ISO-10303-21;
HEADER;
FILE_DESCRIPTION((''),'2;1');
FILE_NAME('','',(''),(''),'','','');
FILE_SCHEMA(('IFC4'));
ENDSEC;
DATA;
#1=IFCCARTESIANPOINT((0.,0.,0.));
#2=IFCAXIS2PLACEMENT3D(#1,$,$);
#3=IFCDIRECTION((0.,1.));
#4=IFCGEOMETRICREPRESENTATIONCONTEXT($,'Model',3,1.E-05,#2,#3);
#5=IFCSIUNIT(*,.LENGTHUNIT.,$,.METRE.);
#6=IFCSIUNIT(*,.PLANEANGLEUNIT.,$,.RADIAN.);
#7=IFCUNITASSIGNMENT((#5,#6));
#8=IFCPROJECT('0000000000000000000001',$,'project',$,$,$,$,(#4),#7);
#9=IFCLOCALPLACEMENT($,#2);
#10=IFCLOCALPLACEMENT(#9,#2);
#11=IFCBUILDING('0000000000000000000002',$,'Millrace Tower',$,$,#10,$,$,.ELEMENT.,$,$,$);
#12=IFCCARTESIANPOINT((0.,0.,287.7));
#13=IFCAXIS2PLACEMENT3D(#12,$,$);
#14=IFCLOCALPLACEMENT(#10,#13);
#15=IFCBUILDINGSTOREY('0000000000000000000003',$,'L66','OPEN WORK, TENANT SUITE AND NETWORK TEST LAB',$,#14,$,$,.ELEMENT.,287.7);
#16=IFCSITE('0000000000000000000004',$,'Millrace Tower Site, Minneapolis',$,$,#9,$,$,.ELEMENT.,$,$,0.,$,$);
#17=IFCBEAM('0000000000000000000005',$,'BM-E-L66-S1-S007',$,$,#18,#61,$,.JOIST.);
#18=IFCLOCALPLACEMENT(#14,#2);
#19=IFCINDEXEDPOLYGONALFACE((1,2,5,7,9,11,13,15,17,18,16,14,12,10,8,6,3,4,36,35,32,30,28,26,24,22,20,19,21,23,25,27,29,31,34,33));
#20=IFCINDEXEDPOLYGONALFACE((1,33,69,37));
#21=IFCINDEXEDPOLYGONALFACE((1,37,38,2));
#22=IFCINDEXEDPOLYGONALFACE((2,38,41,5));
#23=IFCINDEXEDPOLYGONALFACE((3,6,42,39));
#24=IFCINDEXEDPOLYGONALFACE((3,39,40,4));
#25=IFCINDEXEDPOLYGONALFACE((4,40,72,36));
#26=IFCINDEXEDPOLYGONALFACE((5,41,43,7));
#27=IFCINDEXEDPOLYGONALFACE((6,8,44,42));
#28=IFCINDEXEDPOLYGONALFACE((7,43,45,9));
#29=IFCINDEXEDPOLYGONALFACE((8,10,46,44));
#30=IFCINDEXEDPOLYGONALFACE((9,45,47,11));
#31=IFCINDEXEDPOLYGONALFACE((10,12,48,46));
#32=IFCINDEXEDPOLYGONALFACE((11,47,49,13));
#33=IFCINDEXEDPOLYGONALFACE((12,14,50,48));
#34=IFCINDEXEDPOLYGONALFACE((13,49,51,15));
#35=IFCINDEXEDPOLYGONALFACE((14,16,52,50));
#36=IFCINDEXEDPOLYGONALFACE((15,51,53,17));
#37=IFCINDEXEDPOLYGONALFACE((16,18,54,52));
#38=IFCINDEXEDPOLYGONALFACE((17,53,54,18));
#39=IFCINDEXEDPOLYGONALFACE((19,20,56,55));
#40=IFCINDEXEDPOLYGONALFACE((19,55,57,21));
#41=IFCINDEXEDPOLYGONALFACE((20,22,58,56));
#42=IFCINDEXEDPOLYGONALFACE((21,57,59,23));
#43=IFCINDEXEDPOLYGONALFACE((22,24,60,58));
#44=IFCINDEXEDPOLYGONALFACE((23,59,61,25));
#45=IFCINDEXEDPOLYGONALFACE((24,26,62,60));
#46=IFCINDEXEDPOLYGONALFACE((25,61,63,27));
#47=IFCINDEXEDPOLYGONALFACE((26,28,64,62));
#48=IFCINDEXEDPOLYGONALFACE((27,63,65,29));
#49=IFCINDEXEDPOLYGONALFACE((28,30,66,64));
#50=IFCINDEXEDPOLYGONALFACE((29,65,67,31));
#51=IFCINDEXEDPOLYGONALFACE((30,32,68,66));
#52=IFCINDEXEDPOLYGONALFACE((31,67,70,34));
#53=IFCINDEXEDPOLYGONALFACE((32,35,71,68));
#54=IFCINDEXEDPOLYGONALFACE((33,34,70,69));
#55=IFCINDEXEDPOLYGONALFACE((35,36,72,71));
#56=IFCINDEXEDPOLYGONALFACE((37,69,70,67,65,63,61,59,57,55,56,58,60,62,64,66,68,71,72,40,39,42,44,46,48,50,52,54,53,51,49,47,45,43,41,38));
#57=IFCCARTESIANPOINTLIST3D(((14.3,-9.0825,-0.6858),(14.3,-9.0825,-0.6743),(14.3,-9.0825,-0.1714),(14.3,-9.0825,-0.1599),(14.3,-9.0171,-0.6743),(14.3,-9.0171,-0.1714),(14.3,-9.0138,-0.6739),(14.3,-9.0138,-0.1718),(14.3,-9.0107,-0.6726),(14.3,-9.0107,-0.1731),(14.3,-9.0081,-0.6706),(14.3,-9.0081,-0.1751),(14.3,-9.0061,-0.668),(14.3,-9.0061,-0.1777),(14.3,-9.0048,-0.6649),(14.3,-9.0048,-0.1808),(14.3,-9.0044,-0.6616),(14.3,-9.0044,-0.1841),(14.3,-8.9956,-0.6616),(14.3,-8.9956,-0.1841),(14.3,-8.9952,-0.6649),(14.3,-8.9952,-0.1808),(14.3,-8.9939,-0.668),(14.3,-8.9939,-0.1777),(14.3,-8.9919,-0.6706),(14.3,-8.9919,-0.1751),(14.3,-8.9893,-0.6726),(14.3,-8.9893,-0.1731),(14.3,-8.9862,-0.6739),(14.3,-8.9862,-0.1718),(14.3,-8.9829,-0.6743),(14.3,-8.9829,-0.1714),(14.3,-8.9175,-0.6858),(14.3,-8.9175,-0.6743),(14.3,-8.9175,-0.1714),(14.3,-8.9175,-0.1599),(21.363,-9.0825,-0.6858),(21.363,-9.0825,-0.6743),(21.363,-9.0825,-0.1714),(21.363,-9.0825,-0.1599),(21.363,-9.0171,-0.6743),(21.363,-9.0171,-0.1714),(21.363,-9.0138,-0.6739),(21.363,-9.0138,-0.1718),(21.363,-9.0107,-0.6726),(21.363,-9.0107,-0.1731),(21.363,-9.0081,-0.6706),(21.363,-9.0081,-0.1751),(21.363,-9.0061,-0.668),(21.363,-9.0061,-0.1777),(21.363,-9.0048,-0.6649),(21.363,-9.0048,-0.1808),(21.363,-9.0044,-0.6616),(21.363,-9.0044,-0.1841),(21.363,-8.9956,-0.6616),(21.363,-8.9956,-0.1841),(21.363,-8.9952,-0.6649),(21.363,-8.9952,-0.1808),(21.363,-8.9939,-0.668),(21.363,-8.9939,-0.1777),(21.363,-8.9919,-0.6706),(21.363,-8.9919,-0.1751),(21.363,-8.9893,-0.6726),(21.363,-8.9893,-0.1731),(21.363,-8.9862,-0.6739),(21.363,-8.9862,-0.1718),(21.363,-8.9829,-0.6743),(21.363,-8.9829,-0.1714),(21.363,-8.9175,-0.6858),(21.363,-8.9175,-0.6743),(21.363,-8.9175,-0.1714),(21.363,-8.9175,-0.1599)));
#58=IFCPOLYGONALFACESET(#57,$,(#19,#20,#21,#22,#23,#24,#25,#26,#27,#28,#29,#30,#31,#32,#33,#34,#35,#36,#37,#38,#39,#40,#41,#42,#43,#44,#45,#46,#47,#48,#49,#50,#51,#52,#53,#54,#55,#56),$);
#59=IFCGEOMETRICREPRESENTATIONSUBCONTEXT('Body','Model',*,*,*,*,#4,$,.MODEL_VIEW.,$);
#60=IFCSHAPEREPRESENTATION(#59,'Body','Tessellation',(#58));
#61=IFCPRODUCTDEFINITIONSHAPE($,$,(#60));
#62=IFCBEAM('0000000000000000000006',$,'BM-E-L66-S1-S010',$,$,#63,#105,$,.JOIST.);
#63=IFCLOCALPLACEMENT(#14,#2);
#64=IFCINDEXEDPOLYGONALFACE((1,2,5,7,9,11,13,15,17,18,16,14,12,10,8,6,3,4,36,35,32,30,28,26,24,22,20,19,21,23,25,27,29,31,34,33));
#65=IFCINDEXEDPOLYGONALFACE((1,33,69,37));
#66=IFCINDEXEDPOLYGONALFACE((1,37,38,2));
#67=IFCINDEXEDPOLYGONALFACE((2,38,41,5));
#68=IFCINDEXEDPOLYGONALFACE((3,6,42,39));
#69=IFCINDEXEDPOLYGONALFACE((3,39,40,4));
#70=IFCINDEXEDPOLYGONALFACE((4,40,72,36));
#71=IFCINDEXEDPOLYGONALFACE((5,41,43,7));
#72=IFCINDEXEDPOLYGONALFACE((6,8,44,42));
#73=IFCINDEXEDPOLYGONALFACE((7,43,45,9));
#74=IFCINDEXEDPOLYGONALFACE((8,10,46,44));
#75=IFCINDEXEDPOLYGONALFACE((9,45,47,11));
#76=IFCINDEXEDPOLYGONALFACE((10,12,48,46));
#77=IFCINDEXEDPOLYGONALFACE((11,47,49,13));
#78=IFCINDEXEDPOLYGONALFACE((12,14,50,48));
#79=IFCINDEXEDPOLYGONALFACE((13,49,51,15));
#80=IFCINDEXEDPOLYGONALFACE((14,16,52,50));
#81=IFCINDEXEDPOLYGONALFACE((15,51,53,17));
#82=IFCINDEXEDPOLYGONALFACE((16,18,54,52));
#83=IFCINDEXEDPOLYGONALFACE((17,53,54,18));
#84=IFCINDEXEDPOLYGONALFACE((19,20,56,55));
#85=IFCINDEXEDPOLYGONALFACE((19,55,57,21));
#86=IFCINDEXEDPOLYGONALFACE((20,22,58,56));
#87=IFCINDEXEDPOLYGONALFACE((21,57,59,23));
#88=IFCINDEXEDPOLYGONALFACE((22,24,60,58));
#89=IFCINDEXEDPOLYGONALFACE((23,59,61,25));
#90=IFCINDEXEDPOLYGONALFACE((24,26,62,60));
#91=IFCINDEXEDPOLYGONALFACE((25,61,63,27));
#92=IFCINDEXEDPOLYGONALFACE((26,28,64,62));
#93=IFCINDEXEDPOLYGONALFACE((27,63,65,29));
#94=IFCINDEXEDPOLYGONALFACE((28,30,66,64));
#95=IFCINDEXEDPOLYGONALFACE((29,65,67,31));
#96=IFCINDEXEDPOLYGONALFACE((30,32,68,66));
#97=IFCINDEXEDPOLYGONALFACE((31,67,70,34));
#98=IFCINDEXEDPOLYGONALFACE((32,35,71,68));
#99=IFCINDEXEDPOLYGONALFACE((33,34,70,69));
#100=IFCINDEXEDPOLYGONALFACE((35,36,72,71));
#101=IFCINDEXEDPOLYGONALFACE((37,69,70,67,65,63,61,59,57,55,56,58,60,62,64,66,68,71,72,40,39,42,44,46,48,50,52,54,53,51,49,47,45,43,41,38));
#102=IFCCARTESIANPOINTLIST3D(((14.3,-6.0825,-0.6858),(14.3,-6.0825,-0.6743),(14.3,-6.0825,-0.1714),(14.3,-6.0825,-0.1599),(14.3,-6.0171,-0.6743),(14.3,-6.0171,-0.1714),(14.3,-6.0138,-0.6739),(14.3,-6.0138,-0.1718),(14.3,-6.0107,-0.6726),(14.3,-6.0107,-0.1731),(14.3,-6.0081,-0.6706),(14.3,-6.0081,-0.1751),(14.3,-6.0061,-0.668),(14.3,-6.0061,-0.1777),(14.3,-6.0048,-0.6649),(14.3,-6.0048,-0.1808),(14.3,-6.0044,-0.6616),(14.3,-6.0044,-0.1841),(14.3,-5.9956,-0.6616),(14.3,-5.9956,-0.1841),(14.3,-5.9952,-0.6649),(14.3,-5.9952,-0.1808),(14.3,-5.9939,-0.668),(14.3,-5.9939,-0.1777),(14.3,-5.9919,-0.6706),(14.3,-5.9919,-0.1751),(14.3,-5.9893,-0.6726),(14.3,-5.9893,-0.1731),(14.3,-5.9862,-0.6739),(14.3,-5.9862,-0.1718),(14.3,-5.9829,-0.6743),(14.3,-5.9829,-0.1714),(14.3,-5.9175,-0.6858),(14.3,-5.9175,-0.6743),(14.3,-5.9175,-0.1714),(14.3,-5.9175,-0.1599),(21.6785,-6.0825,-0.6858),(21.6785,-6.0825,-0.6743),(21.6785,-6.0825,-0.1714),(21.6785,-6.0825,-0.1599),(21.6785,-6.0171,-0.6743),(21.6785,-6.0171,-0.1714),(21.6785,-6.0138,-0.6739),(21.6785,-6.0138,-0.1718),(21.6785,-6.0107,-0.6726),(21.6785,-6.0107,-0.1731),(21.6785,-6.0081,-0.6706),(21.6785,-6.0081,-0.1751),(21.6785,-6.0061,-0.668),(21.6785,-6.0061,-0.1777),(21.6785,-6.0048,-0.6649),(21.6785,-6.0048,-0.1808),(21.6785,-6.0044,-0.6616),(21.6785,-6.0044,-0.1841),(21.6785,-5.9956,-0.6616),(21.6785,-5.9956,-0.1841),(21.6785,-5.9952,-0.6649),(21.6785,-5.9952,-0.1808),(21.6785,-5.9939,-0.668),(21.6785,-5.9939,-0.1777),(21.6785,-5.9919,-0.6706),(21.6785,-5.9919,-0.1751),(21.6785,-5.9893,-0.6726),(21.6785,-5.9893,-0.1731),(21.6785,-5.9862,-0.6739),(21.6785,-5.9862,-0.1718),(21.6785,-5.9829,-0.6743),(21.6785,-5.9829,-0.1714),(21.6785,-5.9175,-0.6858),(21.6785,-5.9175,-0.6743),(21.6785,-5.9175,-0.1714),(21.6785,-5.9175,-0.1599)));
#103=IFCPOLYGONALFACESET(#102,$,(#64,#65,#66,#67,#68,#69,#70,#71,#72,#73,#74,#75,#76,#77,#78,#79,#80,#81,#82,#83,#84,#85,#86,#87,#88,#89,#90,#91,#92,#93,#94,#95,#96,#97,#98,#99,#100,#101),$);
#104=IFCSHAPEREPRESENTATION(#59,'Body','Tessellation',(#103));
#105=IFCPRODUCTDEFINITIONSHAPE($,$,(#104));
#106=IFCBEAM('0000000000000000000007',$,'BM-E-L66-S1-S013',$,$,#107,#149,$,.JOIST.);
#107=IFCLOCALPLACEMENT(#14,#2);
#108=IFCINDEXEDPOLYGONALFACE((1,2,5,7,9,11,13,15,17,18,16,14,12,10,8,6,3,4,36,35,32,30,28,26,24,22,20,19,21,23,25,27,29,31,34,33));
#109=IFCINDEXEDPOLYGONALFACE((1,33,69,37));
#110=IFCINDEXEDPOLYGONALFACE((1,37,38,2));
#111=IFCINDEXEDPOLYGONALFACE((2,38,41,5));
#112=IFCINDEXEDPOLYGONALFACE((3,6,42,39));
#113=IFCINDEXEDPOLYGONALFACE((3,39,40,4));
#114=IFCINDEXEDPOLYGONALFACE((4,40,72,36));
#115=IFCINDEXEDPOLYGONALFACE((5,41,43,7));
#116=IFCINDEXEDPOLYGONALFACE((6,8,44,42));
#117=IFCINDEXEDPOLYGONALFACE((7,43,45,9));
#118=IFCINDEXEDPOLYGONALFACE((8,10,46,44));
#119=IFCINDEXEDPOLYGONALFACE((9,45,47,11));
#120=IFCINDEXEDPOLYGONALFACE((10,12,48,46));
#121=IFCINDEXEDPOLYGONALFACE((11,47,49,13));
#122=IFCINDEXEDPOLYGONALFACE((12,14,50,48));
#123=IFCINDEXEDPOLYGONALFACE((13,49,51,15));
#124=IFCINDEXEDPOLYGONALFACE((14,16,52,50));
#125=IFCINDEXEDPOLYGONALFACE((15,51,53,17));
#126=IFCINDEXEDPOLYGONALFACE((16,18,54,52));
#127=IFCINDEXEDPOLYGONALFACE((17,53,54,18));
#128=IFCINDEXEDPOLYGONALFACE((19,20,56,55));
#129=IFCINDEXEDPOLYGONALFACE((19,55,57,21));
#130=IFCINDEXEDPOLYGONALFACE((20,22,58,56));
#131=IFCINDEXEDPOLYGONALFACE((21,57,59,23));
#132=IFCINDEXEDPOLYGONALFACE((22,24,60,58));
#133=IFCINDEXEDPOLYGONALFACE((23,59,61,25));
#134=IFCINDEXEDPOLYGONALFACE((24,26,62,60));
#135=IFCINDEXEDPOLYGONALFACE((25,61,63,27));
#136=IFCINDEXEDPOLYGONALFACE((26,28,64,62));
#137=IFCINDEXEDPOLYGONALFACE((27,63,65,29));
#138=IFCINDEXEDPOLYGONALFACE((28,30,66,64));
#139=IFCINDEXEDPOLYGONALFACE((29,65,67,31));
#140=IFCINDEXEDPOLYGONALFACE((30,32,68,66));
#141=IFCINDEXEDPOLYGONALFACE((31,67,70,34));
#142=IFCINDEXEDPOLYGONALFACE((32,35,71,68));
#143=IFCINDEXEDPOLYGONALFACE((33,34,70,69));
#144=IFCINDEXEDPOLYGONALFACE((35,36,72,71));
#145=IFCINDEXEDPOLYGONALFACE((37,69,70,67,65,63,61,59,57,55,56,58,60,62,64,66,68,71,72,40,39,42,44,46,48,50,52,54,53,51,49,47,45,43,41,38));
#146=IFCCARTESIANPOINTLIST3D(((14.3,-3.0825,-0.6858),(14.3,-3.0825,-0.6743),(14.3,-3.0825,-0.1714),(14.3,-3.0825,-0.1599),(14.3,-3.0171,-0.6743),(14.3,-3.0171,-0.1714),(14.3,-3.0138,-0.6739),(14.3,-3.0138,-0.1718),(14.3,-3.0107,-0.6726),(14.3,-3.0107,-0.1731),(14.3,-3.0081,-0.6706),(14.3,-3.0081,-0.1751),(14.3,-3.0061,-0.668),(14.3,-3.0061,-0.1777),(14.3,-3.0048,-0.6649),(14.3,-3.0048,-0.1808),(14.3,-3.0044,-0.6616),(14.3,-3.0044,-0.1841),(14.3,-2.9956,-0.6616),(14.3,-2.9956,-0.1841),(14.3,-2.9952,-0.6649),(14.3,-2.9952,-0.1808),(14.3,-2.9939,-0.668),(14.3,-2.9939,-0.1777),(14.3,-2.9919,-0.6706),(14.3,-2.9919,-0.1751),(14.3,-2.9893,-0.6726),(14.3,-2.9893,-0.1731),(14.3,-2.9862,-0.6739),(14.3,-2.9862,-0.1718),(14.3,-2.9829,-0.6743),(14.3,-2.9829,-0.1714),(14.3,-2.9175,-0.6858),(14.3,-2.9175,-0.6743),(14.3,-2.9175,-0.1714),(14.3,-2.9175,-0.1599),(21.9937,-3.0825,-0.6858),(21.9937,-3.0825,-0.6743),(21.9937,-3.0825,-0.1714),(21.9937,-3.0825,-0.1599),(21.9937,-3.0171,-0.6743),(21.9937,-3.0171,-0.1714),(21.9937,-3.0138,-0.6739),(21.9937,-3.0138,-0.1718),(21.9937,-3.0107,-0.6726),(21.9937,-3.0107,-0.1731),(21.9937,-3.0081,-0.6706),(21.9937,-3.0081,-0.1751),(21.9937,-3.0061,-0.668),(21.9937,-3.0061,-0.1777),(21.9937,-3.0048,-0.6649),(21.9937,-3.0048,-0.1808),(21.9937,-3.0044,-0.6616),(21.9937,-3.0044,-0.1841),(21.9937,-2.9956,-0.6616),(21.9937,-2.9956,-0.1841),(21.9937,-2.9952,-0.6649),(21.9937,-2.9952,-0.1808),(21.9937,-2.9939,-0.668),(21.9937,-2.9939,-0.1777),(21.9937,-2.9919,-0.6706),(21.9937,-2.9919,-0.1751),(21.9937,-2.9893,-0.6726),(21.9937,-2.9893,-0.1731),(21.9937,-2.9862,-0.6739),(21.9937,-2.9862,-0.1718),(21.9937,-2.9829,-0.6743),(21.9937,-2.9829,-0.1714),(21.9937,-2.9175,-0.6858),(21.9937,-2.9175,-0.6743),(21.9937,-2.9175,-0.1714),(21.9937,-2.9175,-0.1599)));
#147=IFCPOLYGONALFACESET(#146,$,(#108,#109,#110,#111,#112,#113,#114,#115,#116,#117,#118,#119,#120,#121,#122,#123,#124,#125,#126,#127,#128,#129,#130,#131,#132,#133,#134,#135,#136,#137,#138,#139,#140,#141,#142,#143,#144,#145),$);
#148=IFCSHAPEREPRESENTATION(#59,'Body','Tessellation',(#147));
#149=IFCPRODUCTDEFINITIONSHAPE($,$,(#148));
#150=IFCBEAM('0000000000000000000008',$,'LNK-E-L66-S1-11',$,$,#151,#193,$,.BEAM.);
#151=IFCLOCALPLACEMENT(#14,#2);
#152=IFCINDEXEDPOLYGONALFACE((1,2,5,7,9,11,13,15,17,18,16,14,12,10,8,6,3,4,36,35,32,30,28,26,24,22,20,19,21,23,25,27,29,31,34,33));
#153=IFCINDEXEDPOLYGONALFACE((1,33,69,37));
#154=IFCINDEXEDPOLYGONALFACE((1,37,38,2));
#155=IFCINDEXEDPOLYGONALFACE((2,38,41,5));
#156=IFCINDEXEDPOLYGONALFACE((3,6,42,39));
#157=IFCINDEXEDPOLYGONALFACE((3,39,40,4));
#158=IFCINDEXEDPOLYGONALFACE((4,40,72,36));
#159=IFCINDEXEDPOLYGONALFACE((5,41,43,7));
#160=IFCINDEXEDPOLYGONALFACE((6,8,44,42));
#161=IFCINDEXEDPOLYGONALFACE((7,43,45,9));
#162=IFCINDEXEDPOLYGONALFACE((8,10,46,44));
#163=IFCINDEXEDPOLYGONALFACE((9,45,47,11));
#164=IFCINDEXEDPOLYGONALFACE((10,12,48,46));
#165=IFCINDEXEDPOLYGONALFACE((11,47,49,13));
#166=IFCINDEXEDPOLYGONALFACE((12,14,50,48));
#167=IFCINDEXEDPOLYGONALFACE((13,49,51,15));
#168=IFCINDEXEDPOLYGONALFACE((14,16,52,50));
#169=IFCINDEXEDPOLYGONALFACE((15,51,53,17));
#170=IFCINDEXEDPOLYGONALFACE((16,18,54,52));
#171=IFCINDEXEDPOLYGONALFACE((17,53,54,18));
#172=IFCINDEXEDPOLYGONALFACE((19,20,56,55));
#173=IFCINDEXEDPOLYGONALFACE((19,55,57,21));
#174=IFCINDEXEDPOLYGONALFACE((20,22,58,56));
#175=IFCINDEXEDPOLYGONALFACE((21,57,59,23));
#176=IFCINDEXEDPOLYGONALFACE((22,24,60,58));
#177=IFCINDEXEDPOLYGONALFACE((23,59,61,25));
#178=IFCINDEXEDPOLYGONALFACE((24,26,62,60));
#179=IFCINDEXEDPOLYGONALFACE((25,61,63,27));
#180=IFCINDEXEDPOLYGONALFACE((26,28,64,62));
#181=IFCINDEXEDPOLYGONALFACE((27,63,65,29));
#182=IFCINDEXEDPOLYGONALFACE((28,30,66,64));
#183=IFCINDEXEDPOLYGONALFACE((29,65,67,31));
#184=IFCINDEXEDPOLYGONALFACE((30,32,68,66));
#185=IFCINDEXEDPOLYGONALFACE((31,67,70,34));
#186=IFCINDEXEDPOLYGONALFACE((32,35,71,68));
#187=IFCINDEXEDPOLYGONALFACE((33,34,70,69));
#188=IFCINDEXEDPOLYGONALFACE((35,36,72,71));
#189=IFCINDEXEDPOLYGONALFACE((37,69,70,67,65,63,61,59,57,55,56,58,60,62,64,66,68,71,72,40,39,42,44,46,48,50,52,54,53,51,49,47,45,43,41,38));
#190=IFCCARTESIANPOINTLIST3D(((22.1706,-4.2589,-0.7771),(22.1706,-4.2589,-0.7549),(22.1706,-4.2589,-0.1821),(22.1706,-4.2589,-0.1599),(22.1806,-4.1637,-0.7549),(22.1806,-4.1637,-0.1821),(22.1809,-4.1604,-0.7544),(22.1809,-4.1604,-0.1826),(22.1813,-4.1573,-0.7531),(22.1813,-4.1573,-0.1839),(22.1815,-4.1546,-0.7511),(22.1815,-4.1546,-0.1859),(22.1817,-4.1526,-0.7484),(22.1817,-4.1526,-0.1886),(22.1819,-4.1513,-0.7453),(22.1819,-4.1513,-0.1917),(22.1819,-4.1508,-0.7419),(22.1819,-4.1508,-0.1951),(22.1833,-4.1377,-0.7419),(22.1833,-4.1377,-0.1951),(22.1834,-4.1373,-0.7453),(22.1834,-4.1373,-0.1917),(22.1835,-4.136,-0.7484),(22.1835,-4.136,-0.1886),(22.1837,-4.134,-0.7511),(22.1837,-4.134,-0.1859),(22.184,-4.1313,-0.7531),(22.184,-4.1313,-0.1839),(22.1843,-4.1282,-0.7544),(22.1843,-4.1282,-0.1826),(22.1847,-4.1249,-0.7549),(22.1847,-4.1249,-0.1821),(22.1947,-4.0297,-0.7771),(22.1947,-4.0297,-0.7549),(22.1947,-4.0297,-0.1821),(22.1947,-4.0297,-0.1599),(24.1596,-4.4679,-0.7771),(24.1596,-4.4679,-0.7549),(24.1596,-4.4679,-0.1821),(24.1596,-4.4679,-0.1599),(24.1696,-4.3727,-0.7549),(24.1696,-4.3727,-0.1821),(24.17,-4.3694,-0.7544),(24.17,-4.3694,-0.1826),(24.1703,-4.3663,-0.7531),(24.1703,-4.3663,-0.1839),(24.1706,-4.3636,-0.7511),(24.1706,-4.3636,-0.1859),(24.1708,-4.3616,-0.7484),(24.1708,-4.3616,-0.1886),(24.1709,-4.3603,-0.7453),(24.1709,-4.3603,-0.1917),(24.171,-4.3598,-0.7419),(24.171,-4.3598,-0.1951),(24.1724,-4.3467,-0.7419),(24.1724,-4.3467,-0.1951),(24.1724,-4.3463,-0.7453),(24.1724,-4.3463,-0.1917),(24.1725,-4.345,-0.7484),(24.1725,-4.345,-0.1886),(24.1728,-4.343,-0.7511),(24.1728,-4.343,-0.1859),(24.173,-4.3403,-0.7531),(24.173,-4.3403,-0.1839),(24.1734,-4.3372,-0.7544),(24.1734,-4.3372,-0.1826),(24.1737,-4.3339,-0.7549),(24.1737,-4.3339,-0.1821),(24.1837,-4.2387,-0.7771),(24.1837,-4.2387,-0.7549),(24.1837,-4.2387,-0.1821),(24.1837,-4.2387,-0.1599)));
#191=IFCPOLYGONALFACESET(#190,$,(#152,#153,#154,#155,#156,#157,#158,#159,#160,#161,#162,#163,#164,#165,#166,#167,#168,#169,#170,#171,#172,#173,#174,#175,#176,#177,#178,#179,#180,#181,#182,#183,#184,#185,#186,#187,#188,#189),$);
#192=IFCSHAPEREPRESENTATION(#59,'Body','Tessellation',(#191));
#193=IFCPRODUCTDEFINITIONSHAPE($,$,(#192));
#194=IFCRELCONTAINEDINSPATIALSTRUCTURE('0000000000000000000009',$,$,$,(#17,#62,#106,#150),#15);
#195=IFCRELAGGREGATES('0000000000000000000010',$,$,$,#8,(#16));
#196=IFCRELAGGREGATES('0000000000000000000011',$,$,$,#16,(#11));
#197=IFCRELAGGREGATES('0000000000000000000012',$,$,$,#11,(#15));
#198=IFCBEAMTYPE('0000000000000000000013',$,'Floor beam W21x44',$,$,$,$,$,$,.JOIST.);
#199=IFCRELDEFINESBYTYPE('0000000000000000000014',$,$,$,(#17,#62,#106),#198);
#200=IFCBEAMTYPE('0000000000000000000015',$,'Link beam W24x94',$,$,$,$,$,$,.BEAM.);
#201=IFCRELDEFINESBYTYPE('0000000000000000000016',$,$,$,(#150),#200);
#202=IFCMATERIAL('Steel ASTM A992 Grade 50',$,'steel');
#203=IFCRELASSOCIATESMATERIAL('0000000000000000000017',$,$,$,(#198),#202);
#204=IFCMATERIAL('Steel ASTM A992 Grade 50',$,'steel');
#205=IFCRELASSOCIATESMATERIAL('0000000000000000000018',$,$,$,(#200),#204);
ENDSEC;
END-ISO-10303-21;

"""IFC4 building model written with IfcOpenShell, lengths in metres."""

from ifc_helpers import new_model, si_unit, direction, frame, origin, origin_2d, place, context, subcontext, project, spatial, i_section, extrude, material, material_profile, profile_set, type_object, element, save


model = new_model("IFC4")

# Units and contexts
model_context = context("Model", 3, precision=1e-05, world=origin(), true_north=direction((0.0, 1.0)))
body_context = subcontext(model_context, "Body", "Model", "MODEL_VIEW")
ifc_project = project(units=[si_unit("LENGTHUNIT", "METRE"), si_unit("PLANEANGLEUNIT", "RADIAN")], contexts=[model_context])

# Site, building, storey
site_placement = place(None, origin())
site = spatial("IfcSite", under=ifc_project, at=site_placement, Name="Millrace Tower Site, Minneapolis", CompositionType="ELEMENT", RefElevation=0.0)
building_placement = place(site_placement, origin())
building = spatial("IfcBuilding", under=site, at=building_placement, Name="Millrace Tower", CompositionType="ELEMENT")
storey_placement = place(building_placement, frame((0.0, 0.0, 287.7)))
storey = spatial("IfcBuildingStorey", under=building, at=storey_placement, Name="L66", Description="OPEN WORK, TENANT SUITE AND NETWORK TEST LAB", CompositionType="ELEMENT", Elevation=287.7)

# Beams
ifc_material_1 = material(Name="Steel ASTM A992 Grade 50", Category="steel")
ifc_material_profile_1 = material_profile(ifc_material_1, i_section(OverallWidth=0.165, OverallDepth=0.5259, WebThickness=0.0088, FlangeThickness=0.0115, FilletRadius=0.0127, at=origin_2d()))
ifc_profile_set_1 = profile_set([ifc_material_profile_1], Name="Steel ASTM A992 Grade 50")
beam_type_1 = type_object("IfcBeamType", Name="Floor beam W21x44", PredefinedType="JOIST", material=ifc_profile_set_1)
beam_1_placement = place(storey_placement, frame((14.3, -9.0, -0.4229), z_axis=(1.0, 0.0, 0.0), x_axis=(0.0, 1.0, 0.0)))
element("IfcBeam", 1, at=beam_1_placement, inside=storey, type_object=beam_type_1, Name="BM-E-L66-S1-S007", PredefinedType="JOIST", context=body_context, shape_type="SweptSolid", body=[
    extrude(i_section(OverallWidth=0.165, OverallDepth=0.5259, WebThickness=0.0088, FlangeThickness=0.0115, FilletRadius=0.0127, at=origin_2d()), origin(), (0.0, 0.0, 1.0), 7.063),
])
beam_2_placement = place(storey_placement, frame((14.3, -6.0, -0.4229), z_axis=(1.0, 0.0, 0.0), x_axis=(0.0, 1.0, 0.0)))
element("IfcBeam", 2, at=beam_2_placement, inside=storey, type_object=beam_type_1, Name="BM-E-L66-S1-S010", PredefinedType="JOIST", context=body_context, shape_type="SweptSolid", body=[
    extrude(i_section(OverallWidth=0.165, OverallDepth=0.5259, WebThickness=0.0088, FlangeThickness=0.0115, FilletRadius=0.0127, at=origin_2d()), origin(), (0.0, 0.0, 1.0), 7.3784),
])
beam_3_placement = place(storey_placement, frame((14.3, -3.0, -0.4229), z_axis=(1.0, 0.0, 0.0), x_axis=(0.0, 1.0, 0.0)))
element("IfcBeam", 3, at=beam_3_placement, inside=storey, type_object=beam_type_1, Name="BM-E-L66-S1-S013", PredefinedType="JOIST", context=body_context, shape_type="SweptSolid", body=[
    extrude(i_section(OverallWidth=0.165, OverallDepth=0.5259, WebThickness=0.0088, FlangeThickness=0.0115, FilletRadius=0.0127, at=origin_2d()), origin(), (0.0, 0.0, 1.0), 7.6936),
])
ifc_material_2 = material(Name="Steel ASTM A992 Grade 50", Category="steel")
ifc_material_profile_2 = material_profile(ifc_material_2, i_section(OverallWidth=0.2305, OverallDepth=0.6172, WebThickness=0.0132, FlangeThickness=0.0222, FilletRadius=0.0129, at=origin_2d()))
ifc_profile_set_2 = profile_set([ifc_material_profile_2], Name="Steel ASTM A992 Grade 50")
beam_type_2 = type_object("IfcBeamType", Name="Link beam W24x94", PredefinedType="BEAM", material=ifc_profile_set_2)
beam_4_placement = place(storey_placement, frame((22.1826, -4.1443, -0.4685), z_axis=(0.994526, -0.104494, 0.0), x_axis=(0.104494, 0.994526, 0.0)))
element("IfcBeam", 4, at=beam_4_placement, inside=storey, type_object=beam_type_2, Name="LNK-E-L66-S1-11", PredefinedType="BEAM", context=body_context, shape_type="SweptSolid", body=[
    extrude(i_section(OverallWidth=0.2305, OverallDepth=0.6172, WebThickness=0.0132, FlangeThickness=0.0222, FilletRadius=0.0129, at=origin_2d()), origin(), (0.0, 0.0, 1.0), 2.0),
])

save(model, "model.ifc")
